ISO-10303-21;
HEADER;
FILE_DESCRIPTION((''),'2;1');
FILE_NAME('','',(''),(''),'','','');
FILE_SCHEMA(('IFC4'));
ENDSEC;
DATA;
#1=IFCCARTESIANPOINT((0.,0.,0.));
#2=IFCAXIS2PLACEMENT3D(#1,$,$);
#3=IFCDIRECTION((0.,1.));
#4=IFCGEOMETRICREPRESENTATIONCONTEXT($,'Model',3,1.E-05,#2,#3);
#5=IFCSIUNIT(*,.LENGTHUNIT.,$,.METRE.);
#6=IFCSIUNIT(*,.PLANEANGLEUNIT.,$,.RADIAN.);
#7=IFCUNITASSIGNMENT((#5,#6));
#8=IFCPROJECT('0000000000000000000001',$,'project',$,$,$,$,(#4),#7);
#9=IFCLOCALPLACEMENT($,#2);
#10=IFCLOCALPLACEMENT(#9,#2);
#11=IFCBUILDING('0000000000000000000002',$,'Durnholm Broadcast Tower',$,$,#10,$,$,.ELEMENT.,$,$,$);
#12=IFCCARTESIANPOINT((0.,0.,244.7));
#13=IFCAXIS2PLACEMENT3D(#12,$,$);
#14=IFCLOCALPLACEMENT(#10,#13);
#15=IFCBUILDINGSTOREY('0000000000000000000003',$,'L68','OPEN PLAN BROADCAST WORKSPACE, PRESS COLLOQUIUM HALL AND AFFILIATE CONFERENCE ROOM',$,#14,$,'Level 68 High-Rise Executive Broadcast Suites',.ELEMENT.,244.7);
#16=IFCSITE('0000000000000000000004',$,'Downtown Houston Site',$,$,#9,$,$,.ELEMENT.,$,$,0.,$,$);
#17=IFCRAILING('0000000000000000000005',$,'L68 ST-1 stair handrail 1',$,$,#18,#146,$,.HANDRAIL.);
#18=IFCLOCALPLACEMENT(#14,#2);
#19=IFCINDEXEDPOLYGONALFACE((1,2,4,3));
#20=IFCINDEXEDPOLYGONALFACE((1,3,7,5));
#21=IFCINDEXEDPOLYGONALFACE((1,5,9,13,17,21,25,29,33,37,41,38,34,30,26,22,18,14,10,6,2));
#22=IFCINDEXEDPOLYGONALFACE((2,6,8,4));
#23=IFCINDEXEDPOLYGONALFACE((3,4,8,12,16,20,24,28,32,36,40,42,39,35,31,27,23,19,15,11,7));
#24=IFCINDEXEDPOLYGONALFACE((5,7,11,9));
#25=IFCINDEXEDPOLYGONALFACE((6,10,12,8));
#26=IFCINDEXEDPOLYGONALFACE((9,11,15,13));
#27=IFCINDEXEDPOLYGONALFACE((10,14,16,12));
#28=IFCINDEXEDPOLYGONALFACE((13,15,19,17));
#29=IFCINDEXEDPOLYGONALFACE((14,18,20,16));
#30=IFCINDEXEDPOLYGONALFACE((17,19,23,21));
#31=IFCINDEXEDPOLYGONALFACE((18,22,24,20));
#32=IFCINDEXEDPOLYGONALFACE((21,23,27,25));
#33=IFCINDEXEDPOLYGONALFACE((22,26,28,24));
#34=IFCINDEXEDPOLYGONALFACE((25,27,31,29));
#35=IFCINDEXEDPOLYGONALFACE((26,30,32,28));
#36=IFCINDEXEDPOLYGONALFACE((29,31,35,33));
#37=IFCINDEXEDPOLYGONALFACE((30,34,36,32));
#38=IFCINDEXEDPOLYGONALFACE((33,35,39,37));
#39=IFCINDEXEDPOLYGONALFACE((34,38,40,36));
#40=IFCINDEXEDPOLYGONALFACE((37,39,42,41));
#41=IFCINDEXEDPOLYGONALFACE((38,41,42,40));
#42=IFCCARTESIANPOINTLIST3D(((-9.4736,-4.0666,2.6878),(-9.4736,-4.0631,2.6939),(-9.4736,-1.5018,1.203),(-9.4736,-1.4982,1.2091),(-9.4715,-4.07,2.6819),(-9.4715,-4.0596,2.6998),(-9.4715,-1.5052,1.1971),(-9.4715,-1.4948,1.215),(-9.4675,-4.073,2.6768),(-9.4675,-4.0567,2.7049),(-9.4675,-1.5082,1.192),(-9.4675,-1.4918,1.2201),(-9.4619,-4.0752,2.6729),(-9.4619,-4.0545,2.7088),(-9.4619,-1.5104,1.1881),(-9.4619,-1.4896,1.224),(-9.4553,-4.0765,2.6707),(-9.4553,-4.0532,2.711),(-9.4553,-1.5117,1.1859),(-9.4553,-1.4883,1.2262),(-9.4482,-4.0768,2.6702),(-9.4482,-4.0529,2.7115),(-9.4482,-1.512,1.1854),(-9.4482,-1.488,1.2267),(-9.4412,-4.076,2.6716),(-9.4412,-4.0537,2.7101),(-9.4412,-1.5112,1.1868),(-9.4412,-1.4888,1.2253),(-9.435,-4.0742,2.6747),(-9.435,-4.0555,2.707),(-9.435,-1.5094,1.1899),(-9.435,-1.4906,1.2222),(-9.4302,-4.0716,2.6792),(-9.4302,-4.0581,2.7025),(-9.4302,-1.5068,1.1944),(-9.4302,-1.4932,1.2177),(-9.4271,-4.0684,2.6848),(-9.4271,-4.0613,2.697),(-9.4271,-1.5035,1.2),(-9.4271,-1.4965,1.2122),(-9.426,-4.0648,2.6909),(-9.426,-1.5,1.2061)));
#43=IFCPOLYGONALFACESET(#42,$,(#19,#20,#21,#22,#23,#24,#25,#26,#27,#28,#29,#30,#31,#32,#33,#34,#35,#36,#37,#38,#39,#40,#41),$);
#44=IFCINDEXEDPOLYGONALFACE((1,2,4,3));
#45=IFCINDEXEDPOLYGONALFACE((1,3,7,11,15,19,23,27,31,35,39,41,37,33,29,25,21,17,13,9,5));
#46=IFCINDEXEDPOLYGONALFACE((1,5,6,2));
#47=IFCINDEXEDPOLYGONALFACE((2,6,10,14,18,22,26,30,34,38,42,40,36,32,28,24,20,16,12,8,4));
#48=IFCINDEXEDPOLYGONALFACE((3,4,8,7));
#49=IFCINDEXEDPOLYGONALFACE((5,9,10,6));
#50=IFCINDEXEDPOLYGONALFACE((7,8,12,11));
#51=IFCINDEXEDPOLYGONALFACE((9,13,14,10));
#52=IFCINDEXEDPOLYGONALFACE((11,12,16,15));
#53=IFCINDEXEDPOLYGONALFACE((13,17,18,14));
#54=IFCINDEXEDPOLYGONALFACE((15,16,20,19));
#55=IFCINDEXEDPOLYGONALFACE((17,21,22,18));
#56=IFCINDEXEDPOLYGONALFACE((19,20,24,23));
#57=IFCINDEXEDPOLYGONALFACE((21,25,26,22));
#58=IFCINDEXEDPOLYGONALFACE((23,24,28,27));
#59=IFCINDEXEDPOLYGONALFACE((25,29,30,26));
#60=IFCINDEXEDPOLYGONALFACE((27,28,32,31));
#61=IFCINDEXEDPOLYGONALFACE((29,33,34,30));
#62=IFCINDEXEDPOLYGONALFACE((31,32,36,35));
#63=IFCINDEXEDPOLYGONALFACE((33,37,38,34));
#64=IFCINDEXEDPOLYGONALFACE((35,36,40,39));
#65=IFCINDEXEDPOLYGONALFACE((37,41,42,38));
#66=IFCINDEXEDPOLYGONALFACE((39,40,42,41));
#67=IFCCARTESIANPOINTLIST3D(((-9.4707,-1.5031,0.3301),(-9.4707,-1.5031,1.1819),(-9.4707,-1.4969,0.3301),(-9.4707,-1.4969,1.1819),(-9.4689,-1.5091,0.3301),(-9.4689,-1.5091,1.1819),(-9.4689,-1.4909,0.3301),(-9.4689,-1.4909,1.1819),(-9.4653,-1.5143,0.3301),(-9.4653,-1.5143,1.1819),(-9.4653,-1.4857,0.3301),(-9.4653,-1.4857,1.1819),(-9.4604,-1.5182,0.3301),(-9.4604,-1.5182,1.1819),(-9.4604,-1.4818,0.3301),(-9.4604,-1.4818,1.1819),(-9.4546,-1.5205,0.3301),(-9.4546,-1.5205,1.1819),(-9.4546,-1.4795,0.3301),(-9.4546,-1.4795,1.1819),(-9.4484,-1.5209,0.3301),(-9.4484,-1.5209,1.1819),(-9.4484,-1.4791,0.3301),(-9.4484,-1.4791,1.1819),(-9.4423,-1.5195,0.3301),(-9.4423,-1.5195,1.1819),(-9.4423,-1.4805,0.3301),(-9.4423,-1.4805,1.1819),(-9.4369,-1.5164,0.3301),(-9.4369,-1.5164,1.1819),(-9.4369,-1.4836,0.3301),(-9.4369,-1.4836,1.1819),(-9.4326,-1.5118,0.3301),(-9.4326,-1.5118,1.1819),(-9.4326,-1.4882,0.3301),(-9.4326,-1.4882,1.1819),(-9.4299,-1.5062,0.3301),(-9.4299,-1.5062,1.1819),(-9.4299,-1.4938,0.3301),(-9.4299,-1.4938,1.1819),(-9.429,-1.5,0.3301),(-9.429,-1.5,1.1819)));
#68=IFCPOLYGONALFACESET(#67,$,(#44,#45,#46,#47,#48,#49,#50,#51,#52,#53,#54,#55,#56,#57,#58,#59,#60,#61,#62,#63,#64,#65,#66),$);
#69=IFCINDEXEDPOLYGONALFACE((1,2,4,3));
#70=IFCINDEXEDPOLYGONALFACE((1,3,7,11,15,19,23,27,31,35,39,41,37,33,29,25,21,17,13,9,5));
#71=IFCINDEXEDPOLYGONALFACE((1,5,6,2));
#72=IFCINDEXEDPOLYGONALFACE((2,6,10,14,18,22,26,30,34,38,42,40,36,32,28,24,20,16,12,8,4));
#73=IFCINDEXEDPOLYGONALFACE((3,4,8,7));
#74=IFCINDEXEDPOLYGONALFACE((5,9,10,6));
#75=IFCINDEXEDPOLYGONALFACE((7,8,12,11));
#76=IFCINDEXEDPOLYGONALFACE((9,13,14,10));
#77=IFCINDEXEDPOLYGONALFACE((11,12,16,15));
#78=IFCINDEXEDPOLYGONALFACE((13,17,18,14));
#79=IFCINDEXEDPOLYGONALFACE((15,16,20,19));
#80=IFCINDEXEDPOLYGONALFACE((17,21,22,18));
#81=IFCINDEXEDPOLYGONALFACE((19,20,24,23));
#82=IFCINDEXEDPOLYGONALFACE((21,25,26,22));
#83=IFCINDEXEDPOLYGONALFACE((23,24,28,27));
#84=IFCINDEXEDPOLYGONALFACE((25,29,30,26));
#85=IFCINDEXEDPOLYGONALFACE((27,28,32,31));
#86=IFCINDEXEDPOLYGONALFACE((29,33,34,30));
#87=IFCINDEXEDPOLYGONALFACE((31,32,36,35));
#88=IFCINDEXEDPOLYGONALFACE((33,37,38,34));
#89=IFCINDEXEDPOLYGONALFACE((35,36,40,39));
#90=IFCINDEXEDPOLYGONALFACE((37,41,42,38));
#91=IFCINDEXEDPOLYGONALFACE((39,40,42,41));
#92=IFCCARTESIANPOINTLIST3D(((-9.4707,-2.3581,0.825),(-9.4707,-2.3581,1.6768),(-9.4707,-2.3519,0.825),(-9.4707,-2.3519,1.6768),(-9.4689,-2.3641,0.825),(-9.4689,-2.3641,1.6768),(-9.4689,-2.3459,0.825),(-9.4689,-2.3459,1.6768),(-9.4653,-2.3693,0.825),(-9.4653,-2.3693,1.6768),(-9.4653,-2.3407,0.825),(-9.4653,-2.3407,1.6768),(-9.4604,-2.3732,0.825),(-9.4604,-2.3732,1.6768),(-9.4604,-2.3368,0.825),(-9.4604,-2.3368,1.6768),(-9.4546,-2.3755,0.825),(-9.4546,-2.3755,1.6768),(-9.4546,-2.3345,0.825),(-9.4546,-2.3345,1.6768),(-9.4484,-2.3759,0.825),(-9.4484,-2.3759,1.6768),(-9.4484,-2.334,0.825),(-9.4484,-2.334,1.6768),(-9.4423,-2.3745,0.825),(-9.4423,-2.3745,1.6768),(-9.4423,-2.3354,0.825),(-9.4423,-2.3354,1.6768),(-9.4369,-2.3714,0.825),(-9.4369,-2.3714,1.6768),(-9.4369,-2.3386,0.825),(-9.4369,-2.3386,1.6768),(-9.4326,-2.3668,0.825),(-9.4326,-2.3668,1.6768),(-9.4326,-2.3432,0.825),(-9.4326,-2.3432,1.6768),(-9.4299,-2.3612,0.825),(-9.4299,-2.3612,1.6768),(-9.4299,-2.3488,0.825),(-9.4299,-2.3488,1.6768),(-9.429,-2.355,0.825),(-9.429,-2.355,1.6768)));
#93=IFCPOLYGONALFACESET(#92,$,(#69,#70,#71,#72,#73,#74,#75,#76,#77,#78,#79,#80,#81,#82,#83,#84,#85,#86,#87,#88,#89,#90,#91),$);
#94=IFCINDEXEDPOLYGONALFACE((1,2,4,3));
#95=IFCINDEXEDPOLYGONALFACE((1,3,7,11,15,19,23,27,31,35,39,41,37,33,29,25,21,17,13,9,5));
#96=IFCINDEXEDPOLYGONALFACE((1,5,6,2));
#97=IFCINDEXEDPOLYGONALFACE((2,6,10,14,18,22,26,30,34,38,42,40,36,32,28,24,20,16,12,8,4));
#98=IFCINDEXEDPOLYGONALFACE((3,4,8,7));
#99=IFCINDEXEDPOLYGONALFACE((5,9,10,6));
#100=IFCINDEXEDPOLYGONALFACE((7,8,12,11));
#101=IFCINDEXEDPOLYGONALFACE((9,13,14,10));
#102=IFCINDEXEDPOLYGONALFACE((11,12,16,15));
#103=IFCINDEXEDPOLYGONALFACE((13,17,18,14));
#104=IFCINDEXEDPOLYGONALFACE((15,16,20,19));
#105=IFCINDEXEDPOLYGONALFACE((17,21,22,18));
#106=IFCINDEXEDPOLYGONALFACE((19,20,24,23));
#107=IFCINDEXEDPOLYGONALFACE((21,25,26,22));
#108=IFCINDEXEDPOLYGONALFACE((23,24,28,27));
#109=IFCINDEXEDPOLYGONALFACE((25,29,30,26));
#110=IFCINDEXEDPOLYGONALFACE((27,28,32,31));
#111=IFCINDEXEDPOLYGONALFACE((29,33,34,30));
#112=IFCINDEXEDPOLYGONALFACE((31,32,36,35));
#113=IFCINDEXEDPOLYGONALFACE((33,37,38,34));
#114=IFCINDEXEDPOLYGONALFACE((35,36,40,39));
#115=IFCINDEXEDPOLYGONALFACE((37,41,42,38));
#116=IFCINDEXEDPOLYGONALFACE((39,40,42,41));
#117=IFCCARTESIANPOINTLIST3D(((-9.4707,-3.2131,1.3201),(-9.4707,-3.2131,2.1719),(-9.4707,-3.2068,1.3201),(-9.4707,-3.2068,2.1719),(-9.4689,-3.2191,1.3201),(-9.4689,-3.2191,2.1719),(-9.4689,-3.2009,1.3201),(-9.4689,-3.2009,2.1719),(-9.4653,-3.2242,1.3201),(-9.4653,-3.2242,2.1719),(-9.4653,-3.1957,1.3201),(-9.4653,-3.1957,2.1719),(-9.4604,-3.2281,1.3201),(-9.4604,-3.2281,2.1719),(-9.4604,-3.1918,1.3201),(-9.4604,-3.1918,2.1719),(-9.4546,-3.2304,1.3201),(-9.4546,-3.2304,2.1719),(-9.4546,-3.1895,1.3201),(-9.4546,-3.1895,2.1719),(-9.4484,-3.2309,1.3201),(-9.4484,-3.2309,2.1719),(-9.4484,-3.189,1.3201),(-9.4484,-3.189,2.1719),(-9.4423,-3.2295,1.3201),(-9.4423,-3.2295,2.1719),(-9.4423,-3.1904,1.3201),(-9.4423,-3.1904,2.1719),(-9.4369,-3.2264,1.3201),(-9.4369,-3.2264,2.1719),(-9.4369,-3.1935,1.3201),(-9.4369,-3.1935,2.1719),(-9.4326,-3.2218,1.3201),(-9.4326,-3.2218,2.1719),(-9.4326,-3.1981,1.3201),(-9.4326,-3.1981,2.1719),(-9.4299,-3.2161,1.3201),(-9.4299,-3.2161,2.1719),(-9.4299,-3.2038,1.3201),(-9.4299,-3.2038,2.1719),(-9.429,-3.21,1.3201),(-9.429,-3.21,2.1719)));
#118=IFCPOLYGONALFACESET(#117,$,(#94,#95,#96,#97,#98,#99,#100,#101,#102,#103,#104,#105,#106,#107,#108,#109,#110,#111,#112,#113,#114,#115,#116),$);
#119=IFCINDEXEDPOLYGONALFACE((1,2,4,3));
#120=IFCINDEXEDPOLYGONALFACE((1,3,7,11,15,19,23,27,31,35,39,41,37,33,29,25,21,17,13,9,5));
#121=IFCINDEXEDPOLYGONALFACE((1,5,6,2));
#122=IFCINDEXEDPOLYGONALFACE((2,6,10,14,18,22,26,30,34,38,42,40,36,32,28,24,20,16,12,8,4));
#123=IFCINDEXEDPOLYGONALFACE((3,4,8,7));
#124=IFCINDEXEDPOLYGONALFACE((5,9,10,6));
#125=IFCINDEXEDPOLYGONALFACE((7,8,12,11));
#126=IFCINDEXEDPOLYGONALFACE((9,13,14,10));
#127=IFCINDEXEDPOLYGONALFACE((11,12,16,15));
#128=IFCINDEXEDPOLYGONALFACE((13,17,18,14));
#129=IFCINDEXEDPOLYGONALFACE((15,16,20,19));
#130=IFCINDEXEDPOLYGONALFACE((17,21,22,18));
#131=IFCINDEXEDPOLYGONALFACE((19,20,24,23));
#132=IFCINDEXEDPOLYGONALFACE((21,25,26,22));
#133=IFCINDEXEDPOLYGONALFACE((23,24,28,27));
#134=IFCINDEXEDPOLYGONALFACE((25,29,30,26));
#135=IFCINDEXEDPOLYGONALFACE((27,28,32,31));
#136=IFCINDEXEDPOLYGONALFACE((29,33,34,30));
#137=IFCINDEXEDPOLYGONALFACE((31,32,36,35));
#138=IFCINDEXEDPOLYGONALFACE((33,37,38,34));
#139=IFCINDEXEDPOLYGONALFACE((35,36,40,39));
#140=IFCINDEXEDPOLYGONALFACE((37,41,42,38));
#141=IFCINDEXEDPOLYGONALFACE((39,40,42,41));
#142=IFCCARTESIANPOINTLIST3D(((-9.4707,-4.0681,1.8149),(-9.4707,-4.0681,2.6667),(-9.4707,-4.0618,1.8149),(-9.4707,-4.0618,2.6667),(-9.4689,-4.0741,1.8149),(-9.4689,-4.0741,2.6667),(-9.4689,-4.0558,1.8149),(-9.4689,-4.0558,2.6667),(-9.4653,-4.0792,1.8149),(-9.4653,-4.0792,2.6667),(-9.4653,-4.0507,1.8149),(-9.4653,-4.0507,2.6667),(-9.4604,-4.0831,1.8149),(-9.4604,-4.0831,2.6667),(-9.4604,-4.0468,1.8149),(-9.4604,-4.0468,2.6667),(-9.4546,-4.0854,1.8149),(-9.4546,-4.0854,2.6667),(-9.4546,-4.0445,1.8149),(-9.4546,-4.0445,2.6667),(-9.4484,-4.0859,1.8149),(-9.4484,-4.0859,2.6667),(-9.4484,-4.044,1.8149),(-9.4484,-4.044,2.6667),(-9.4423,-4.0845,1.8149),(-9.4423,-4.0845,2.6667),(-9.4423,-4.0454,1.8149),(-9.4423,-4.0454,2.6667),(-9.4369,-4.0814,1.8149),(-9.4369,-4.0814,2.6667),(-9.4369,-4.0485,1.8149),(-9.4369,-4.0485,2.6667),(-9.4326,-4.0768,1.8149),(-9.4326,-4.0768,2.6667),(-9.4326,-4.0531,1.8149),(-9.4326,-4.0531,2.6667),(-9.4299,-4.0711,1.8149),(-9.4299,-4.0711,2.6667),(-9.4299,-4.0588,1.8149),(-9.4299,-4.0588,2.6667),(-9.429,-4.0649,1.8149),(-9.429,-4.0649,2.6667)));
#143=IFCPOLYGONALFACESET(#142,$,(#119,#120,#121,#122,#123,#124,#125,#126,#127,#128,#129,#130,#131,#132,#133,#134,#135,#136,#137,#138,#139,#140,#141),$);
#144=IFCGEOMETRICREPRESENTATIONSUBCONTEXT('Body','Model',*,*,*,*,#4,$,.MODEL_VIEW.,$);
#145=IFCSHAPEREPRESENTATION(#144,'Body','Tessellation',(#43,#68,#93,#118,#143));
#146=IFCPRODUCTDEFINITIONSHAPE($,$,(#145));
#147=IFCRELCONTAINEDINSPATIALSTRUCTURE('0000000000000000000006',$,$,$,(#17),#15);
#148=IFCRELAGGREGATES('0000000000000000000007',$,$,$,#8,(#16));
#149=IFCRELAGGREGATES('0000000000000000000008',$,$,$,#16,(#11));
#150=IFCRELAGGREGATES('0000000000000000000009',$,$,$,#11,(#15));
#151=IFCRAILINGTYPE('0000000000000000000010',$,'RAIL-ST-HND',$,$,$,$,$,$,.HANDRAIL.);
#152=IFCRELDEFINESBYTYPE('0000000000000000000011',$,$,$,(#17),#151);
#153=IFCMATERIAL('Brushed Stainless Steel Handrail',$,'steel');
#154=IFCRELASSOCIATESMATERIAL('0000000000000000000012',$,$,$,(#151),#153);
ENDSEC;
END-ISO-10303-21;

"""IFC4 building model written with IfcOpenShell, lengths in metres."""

from ifc_helpers import new_model, si_unit, direction, frame, origin, origin_2d, place, context, subcontext, project, spatial, circle, extrude, material, type_object, element, save


model = new_model("IFC4")

# Units and contexts
model_context = context("Model", 3, precision=1e-05, world=origin(), true_north=direction((0.0, 1.0)))
body_context = subcontext(model_context, "Body", "Model", "MODEL_VIEW")
ifc_project = project(units=[si_unit("LENGTHUNIT", "METRE"), si_unit("PLANEANGLEUNIT", "RADIAN")], contexts=[model_context])

# Site, building, storey
site_placement = place(None, origin())
site = spatial("IfcSite", under=ifc_project, at=site_placement, Name="Downtown Houston Site", CompositionType="ELEMENT", RefElevation=0.0)
building_placement = place(site_placement, origin())
building = spatial("IfcBuilding", under=site, at=building_placement, Name="Durnholm Broadcast Tower", CompositionType="ELEMENT")
storey_placement = place(building_placement, frame((0.0, 0.0, 244.7)))
storey = spatial("IfcBuildingStorey", under=building, at=storey_placement, Name="L68", Description="OPEN PLAN BROADCAST WORKSPACE, PRESS COLLOQUIUM HALL AND AFFILIATE CONFERENCE ROOM", LongName="Level 68 High-Rise Executive Broadcast Suites", CompositionType="ELEMENT", Elevation=244.7)

# Railing
ifc_material_1 = material(Name="Brushed Stainless Steel Handrail", Category="steel")
railing_type_1 = type_object("IfcRailingType", Name="RAIL-ST-HND", PredefinedType="HANDRAIL", material=ifc_material_1)
railing_1_placement = place(storey_placement, frame((-9.45, -1.5, 0.3301)))
element("IfcRailing", 1, at=railing_1_placement, inside=storey, type_object=railing_type_1, Name="L68 ST-1 stair handrail 1", PredefinedType="HANDRAIL", context=body_context, shape_type="SweptSolid", body=[
    extrude(circle(Radius=0.0239, at=origin_2d()), frame((0.0, 0.0, 0.876), z_axis=(0.0, -0.865441, 0.50101), x_axis=(1.0, 0.0, 0.0)), (0.0, 0.0, 1.0), 2.9636),
    extrude(circle(Radius=0.021, at=origin_2d()), origin(), (0.0, 0.0, 1.0), 0.8518),
    extrude(circle(Radius=0.021, at=origin_2d()), frame((0.0, -0.855, 0.4949)), (0.0, 0.0, 1.0), 0.8518),
    extrude(circle(Radius=0.021, at=origin_2d()), frame((0.0, -1.71, 0.99)), (0.0, 0.0, 1.0), 0.8518),
    extrude(circle(Radius=0.021, at=origin_2d()), frame((0.0, -2.5649, 1.4849)), (0.0, 0.0, 1.0), 0.8518),
])

save(model, "model.ifc")
